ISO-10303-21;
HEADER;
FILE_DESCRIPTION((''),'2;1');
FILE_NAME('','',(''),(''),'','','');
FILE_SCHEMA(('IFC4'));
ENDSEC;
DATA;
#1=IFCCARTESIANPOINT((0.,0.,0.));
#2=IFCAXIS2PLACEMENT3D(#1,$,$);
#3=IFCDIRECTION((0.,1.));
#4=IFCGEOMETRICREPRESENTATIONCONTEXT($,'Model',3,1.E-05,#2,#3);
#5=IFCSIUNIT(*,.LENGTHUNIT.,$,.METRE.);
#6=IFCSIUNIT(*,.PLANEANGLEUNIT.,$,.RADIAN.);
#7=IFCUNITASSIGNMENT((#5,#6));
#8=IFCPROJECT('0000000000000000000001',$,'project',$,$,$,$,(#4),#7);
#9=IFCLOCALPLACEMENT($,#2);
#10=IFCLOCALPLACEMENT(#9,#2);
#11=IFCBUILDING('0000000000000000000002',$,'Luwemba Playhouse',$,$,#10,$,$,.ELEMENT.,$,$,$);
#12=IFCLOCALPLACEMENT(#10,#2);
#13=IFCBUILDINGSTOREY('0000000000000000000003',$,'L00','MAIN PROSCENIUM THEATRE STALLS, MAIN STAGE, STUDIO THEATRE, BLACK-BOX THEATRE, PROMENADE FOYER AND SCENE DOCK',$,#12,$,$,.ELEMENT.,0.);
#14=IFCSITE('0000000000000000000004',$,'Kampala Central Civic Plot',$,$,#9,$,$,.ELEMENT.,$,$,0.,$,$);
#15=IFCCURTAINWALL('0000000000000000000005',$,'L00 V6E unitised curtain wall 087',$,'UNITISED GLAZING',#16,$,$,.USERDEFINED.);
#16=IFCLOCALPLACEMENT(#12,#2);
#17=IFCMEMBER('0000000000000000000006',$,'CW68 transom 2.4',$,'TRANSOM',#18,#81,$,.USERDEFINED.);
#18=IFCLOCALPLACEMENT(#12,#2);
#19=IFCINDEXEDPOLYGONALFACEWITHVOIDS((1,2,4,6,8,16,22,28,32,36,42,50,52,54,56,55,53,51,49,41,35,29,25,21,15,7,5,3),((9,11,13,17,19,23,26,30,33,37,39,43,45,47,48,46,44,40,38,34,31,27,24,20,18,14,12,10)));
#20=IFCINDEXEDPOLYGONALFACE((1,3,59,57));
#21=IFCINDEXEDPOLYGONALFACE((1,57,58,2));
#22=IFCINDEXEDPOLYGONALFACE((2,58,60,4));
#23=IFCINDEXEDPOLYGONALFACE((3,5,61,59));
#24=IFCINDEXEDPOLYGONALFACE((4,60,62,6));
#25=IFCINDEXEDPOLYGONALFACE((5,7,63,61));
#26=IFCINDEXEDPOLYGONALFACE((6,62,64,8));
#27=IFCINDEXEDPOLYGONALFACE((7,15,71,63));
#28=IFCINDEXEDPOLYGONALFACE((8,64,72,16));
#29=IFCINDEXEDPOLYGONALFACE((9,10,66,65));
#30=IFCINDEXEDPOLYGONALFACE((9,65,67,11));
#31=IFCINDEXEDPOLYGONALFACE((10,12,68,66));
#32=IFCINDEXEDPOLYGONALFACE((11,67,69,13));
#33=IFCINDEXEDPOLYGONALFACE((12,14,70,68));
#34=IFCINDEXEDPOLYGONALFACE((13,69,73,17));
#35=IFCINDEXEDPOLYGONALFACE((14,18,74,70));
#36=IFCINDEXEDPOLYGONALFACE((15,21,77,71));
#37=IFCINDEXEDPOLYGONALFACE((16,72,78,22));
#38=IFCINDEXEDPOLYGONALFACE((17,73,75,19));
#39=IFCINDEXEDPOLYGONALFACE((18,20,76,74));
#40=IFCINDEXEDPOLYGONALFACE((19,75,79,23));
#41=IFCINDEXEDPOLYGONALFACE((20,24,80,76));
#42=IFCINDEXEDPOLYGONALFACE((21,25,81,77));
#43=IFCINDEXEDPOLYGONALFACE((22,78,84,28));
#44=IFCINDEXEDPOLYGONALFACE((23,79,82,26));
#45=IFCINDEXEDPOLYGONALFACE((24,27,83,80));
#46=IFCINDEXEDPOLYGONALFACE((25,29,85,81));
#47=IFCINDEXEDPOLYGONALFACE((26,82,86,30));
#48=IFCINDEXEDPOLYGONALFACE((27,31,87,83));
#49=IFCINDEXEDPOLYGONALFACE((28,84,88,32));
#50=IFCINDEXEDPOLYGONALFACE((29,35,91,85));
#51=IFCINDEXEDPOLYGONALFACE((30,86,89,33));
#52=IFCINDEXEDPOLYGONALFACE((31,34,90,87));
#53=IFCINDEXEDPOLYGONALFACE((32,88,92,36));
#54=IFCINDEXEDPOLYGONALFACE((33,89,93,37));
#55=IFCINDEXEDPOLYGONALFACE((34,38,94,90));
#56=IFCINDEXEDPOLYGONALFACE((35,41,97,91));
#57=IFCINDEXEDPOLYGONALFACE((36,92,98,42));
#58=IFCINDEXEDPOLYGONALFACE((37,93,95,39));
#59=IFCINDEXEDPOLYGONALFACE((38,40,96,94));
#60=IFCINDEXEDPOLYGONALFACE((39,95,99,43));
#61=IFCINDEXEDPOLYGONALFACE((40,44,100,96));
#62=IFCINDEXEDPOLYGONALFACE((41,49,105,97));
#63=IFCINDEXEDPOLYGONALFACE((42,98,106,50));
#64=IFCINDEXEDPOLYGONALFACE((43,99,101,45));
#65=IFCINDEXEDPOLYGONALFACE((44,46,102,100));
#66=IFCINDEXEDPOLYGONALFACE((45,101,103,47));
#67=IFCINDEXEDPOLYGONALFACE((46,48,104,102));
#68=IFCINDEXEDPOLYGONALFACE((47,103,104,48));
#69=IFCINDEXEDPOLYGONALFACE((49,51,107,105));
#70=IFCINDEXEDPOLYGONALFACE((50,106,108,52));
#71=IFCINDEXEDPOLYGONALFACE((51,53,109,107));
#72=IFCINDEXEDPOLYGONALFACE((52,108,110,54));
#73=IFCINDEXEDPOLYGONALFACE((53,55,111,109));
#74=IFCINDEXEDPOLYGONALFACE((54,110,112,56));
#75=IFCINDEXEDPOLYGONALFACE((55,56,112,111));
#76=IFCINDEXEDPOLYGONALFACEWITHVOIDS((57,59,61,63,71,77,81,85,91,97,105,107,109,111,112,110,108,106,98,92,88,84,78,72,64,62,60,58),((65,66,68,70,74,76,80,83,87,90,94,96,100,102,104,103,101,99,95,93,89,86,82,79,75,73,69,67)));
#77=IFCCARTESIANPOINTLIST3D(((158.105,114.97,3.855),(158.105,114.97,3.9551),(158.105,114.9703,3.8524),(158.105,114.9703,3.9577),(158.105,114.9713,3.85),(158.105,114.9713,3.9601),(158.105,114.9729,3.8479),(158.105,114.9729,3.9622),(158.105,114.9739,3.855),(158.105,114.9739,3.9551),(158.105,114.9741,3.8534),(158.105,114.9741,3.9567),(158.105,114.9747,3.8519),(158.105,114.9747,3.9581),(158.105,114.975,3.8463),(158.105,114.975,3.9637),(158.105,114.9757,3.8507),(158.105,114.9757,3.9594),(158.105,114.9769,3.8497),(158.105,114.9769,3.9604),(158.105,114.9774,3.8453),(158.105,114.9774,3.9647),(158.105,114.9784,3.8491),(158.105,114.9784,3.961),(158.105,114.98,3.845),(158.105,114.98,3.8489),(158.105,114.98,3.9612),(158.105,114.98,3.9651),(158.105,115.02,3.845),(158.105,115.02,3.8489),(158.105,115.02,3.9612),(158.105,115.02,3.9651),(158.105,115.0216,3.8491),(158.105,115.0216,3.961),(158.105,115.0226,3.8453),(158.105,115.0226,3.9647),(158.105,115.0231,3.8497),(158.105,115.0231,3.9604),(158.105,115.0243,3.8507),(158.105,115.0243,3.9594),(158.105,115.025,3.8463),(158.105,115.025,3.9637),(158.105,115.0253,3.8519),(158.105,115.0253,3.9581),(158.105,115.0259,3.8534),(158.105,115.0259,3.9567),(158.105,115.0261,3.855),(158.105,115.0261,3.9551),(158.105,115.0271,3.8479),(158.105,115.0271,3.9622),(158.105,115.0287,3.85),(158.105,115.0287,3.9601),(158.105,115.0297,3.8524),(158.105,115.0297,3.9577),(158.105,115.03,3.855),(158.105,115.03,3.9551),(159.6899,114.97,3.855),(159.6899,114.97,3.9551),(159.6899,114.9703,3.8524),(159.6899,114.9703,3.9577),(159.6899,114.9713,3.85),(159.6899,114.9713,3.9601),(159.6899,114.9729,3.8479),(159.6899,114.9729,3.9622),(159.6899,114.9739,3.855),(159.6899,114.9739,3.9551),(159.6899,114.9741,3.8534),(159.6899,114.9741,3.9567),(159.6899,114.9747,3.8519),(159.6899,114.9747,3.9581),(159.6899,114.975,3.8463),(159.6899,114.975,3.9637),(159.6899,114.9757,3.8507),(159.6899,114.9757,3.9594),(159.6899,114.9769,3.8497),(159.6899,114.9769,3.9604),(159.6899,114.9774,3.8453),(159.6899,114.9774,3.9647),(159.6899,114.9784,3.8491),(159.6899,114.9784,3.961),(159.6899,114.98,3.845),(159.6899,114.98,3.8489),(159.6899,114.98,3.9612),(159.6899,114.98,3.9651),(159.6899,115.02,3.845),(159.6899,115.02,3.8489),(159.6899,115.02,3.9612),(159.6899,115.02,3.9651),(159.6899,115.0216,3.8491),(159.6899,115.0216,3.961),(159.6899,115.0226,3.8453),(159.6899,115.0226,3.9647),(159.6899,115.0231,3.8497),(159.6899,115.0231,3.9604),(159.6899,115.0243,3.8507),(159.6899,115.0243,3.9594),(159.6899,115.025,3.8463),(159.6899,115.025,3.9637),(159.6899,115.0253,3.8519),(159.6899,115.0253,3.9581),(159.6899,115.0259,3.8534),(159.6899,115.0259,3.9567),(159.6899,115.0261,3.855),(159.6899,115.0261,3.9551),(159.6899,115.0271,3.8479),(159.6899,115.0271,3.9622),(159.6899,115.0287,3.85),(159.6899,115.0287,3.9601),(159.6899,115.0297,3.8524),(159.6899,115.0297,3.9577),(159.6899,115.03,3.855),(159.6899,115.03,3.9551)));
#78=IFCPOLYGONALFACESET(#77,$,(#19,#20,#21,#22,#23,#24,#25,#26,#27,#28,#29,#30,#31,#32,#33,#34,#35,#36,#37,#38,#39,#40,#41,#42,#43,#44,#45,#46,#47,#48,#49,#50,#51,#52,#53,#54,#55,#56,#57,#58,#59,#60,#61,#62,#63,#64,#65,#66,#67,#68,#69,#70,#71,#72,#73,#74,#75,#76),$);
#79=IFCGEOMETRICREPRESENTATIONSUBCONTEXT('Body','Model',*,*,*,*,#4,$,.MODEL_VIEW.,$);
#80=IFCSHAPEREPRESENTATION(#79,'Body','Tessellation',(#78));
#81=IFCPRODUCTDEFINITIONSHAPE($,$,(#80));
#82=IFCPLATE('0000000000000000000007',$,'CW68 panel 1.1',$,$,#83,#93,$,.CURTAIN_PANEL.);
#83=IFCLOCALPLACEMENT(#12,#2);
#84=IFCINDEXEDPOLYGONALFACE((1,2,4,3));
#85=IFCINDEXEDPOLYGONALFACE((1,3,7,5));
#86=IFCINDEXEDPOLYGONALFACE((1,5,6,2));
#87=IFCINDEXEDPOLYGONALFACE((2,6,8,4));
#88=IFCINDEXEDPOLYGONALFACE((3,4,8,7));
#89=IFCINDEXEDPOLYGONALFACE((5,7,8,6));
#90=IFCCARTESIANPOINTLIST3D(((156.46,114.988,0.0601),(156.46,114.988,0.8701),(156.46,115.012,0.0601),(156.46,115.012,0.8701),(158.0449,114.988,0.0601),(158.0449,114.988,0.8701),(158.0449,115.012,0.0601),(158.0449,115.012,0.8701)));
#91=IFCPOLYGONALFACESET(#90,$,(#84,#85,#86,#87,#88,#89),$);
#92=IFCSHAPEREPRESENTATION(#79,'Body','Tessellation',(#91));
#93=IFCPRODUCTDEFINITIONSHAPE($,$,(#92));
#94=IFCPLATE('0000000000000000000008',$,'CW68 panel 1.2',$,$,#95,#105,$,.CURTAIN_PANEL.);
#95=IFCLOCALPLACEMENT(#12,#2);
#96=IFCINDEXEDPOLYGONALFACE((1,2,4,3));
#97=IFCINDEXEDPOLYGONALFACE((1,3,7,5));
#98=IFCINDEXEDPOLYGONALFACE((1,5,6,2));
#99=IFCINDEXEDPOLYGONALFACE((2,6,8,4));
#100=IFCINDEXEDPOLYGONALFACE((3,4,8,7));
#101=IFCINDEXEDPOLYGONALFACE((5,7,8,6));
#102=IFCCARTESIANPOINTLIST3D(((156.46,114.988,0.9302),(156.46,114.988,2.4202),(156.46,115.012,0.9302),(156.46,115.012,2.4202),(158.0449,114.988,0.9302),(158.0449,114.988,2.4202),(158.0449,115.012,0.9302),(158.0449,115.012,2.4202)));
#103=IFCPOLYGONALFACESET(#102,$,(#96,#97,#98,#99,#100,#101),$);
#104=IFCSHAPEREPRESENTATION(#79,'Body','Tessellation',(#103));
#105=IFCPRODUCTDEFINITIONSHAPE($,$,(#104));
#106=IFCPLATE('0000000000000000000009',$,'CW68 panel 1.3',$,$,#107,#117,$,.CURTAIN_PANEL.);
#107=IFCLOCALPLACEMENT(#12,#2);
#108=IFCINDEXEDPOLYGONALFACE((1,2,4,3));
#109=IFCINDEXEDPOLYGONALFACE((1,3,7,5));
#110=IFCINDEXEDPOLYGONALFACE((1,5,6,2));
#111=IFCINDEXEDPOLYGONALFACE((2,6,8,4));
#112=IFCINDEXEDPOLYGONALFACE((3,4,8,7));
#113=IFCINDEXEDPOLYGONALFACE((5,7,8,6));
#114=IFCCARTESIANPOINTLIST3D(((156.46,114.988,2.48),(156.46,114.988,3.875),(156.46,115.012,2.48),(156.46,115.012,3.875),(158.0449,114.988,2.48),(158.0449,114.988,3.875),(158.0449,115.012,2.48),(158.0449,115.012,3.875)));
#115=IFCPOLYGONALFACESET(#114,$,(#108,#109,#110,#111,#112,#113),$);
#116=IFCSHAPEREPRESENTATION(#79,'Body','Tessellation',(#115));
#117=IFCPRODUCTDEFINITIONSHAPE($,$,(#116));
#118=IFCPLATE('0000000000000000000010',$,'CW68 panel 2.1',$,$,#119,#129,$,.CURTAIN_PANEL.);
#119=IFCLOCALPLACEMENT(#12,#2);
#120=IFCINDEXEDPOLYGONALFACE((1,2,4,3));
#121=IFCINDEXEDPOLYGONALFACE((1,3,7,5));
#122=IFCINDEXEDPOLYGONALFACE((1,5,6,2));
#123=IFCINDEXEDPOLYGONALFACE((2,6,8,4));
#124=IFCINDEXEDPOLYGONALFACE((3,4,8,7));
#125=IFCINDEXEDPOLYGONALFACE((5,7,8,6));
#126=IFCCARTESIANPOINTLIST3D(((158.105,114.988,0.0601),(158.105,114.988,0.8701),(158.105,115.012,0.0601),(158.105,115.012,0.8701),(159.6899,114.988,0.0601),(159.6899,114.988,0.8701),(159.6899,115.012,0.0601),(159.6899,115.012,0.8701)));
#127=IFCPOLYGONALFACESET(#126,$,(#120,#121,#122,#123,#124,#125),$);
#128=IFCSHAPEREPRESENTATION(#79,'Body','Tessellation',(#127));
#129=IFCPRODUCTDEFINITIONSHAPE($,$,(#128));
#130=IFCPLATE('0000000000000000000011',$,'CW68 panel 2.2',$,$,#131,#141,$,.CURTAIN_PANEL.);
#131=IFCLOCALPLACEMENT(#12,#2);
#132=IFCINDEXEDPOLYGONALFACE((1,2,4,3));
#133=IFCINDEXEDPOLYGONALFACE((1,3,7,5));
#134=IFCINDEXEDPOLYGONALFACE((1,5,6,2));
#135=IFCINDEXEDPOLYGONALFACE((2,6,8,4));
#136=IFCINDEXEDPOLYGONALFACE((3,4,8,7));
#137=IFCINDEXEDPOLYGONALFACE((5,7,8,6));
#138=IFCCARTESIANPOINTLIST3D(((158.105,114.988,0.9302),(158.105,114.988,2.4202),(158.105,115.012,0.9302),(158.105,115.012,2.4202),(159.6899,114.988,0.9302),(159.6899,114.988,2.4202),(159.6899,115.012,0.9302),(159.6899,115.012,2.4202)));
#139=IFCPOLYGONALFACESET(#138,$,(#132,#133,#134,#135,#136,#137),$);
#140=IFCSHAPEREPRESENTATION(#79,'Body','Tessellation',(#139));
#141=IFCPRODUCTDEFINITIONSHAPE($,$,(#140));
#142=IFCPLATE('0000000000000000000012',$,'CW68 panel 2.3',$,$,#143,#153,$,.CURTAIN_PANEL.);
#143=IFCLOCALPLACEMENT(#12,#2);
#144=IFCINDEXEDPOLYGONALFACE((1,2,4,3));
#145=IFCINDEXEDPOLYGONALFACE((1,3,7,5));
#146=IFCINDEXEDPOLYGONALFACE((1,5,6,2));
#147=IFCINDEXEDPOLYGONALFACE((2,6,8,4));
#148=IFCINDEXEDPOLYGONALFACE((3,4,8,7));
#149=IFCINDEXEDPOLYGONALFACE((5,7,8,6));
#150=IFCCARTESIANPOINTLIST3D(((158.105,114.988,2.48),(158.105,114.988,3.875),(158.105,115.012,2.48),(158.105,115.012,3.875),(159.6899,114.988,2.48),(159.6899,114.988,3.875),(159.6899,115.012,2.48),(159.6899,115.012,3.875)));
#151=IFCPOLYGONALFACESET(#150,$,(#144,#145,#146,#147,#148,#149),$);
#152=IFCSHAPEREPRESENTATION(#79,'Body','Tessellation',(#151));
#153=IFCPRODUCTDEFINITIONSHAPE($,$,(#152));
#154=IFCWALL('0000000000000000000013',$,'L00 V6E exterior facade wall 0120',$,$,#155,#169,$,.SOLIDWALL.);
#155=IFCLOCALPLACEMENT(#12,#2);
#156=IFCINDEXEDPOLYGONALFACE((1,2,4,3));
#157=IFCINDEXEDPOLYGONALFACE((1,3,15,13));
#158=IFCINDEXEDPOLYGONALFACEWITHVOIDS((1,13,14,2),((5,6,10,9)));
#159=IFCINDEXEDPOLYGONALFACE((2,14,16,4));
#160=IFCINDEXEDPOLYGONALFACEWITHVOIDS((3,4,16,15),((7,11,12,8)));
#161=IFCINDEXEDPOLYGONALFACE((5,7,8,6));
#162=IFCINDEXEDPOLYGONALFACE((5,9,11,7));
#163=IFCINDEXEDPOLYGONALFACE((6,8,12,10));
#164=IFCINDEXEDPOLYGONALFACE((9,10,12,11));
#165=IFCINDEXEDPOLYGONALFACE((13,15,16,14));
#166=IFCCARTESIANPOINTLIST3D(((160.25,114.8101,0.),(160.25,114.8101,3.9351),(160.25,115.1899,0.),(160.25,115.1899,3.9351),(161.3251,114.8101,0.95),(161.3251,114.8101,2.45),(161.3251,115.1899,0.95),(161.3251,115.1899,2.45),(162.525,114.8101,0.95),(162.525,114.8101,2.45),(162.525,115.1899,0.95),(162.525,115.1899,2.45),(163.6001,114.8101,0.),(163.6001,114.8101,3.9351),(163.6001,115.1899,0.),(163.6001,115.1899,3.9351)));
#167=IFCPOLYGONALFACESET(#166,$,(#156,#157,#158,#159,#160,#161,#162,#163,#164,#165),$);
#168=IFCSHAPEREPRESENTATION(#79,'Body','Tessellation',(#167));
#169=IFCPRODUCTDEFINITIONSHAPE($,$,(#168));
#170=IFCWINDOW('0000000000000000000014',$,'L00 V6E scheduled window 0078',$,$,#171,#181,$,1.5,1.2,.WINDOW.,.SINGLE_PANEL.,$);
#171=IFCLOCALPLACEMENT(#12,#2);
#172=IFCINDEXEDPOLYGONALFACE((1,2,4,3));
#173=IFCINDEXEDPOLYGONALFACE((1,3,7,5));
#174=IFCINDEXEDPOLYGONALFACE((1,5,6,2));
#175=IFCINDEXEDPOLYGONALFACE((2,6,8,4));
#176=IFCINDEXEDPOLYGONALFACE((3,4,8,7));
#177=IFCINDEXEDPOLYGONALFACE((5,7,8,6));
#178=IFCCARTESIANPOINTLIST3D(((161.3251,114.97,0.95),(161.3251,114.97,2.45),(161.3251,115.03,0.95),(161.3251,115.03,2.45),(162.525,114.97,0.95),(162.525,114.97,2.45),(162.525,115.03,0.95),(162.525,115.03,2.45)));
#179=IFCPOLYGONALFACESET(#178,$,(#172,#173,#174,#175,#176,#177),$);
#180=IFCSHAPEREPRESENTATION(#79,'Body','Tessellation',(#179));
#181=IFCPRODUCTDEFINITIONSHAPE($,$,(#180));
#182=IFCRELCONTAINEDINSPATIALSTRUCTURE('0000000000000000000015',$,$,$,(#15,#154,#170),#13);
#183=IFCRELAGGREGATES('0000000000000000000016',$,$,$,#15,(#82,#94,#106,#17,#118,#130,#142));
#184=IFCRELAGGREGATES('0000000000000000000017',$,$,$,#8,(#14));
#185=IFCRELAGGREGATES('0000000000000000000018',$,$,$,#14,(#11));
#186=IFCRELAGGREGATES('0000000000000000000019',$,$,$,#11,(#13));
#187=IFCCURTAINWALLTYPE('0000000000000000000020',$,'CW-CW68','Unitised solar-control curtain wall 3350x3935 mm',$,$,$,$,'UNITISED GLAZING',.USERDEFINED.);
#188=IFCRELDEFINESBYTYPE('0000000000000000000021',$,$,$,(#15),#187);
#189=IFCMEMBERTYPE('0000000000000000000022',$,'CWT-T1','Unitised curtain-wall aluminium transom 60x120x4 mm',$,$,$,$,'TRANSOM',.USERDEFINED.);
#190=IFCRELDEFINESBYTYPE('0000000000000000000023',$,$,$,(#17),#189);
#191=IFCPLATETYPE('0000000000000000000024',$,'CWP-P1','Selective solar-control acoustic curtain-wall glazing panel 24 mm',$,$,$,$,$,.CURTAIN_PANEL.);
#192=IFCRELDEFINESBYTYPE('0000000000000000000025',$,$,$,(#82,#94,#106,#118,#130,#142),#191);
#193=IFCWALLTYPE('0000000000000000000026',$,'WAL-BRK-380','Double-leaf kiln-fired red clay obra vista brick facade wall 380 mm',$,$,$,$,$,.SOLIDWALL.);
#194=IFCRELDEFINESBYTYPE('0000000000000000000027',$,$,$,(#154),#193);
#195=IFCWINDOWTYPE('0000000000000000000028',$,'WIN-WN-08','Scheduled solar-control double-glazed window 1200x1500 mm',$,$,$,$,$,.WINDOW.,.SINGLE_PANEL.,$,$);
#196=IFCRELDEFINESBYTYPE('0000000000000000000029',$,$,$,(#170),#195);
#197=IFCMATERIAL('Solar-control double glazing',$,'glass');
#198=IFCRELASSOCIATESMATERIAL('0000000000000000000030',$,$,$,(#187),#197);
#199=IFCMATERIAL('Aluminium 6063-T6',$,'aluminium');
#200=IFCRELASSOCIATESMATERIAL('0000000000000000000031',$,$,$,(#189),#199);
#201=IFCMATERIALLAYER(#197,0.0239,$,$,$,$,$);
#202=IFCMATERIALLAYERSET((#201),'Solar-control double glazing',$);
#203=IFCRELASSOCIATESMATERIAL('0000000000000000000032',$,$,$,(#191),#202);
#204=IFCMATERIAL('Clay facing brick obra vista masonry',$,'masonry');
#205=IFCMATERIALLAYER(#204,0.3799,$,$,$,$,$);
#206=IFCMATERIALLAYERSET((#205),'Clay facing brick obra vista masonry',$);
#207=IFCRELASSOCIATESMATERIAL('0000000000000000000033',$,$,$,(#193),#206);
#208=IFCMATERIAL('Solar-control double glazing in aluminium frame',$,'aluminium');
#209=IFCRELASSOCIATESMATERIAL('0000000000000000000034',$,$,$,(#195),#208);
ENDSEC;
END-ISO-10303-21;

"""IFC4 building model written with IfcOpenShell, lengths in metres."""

from ifc_helpers import new_model, si_unit, direction, frame, frame_2d, origin, origin_2d, place, context, subcontext, project, spatial, rectangle, hollow_rectangle, extrude, material, layer, layer_set, material_profile, profile_set, type_object, element, fill, aggregate, save


model = new_model("IFC4")

# Units and contexts
model_context = context("Model", 3, precision=1e-05, world=origin(), true_north=direction((0.0, 1.0)))
body_context = subcontext(model_context, "Body", "Model", "MODEL_VIEW")
ifc_project = project(units=[si_unit("LENGTHUNIT", "METRE"), si_unit("PLANEANGLEUNIT", "RADIAN")], contexts=[model_context])

# Site, building, storey
site_placement = place(None, origin())
site = spatial("IfcSite", under=ifc_project, at=site_placement, Name="Kampala Central Civic Plot", CompositionType="ELEMENT", RefElevation=0.0)
building_placement = place(site_placement, origin())
building = spatial("IfcBuilding", under=site, at=building_placement, Name="Luwemba Playhouse", CompositionType="ELEMENT")
storey_placement = place(building_placement, origin())
storey = spatial("IfcBuildingStorey", under=building, at=storey_placement, Name="L00", Description="MAIN PROSCENIUM THEATRE STALLS, MAIN STAGE, STUDIO THEATRE, BLACK-BOX THEATRE, PROMENADE FOYER AND SCENE DOCK", CompositionType="ELEMENT", Elevation=0.0)

# Curtain wall, member, plates
ifc_material_1 = material(Name="Solar-control double glazing", Category="glass")
curtain_wall_type = type_object("IfcCurtainWallType", Name="CW-CW68", Description="Unitised solar-control curtain wall 3350x3935 mm", ElementType="UNITISED GLAZING", PredefinedType="USERDEFINED", material=ifc_material_1)
curtain_wall_placement = place(storey_placement, origin())
curtain_wall = element("IfcCurtainWall", 1, at=curtain_wall_placement, inside=storey, type_object=curtain_wall_type, Name="L00 V6E unitised curtain wall 087", ObjectType="UNITISED GLAZING", PredefinedType="USERDEFINED")
ifc_material_2 = material(Name="Aluminium 6063-T6", Category="aluminium")
ifc_material_profile_1 = material_profile(ifc_material_2, hollow_rectangle(XDim=0.0601, YDim=0.1201, WallThickness=0.0039, InnerFilletRadius=0.0061, OuterFilletRadius=0.01, at=origin_2d()))
ifc_profile_set_1 = profile_set([ifc_material_profile_1], Name="Aluminium 6063-T6")
member_type_1 = type_object("IfcMemberType", Name="CWT-T1", Description="Unitised curtain-wall aluminium transom 60x120x4 mm", ElementType="TRANSOM", PredefinedType="USERDEFINED", material=ifc_profile_set_1)
member_1_placement = place(storey_placement, frame((158.105, 115.0, 3.905), z_axis=(1.0, 0.0, 0.0), x_axis=(0.0, 1.0, 0.0)))
member_1 = element("IfcMember", 2, at=member_1_placement, type_object=member_type_1, Name="CW68 transom 2.4", ObjectType="TRANSOM", PredefinedType="USERDEFINED", context=body_context, shape_type="SweptSolid", body=[
    extrude(hollow_rectangle(XDim=0.0601, YDim=0.1201, WallThickness=0.0039, InnerFilletRadius=0.0061, OuterFilletRadius=0.01, at=origin_2d()), origin(), (0.0, 0.0, 1.0), 1.585),
])
ifc_layer_1 = layer(ifc_material_1, 0.0239)
ifc_layer_set_1 = layer_set([ifc_layer_1], Name="Solar-control double glazing")
plate_type = type_object("IfcPlateType", Name="CWP-P1", Description="Selective solar-control acoustic curtain-wall glazing panel 24 mm", PredefinedType="CURTAIN_PANEL", material=ifc_layer_set_1)
plate_1_placement = place(storey_placement, frame((157.2524, 115.0, 0.0601), z_axis=(0.0, 0.0, 1.0), x_axis=(1.0, 0.0, 0.0)))
plate_1 = element("IfcPlate", 3, at=plate_1_placement, type_object=plate_type, Name="CW68 panel 1.1", PredefinedType="CURTAIN_PANEL", context=body_context, shape_type="SweptSolid", body=[
    extrude(rectangle(XDim=1.585, YDim=0.0239, at=origin_2d()), origin(), (0.0, 0.0, 1.0), 0.8101),
])
plate_2_placement = place(storey_placement, frame((157.2524, 115.0, 0.9302), z_axis=(0.0, 0.0, 1.0), x_axis=(1.0, 0.0, 0.0)))
plate_2 = element("IfcPlate", 4, at=plate_2_placement, type_object=plate_type, Name="CW68 panel 1.2", PredefinedType="CURTAIN_PANEL", context=body_context, shape_type="SweptSolid", body=[
    extrude(rectangle(XDim=1.585, YDim=0.0239, at=origin_2d()), origin(), (0.0, 0.0, 1.0), 1.49),
])
plate_3_placement = place(storey_placement, frame((157.2524, 115.0, 2.48), z_axis=(0.0, 0.0, 1.0), x_axis=(1.0, 0.0, 0.0)))
plate_3 = element("IfcPlate", 5, at=plate_3_placement, type_object=plate_type, Name="CW68 panel 1.3", PredefinedType="CURTAIN_PANEL", context=body_context, shape_type="SweptSolid", body=[
    extrude(rectangle(XDim=1.585, YDim=0.0239, at=origin_2d()), origin(), (0.0, 0.0, 1.0), 1.395),
])
plate_4_placement = place(storey_placement, frame((158.8975, 115.0, 0.0601), z_axis=(0.0, 0.0, 1.0), x_axis=(1.0, 0.0, 0.0)))
plate_4 = element("IfcPlate", 6, at=plate_4_placement, type_object=plate_type, Name="CW68 panel 2.1", PredefinedType="CURTAIN_PANEL", context=body_context, shape_type="SweptSolid", body=[
    extrude(rectangle(XDim=1.585, YDim=0.0239, at=origin_2d()), origin(), (0.0, 0.0, 1.0), 0.8101),
])
plate_5_placement = place(storey_placement, frame((158.8975, 115.0, 0.9302), z_axis=(0.0, 0.0, 1.0), x_axis=(1.0, 0.0, 0.0)))
plate_5 = element("IfcPlate", 7, at=plate_5_placement, type_object=plate_type, Name="CW68 panel 2.2", PredefinedType="CURTAIN_PANEL", context=body_context, shape_type="SweptSolid", body=[
    extrude(rectangle(XDim=1.585, YDim=0.0239, at=origin_2d()), origin(), (0.0, 0.0, 1.0), 1.49),
])
plate_6_placement = place(storey_placement, frame((158.8975, 115.0, 2.48), z_axis=(0.0, 0.0, 1.0), x_axis=(1.0, 0.0, 0.0)))
plate_6 = element("IfcPlate", 8, at=plate_6_placement, type_object=plate_type, Name="CW68 panel 2.3", PredefinedType="CURTAIN_PANEL", context=body_context, shape_type="SweptSolid", body=[
    extrude(rectangle(XDim=1.585, YDim=0.0239, at=origin_2d()), origin(), (0.0, 0.0, 1.0), 1.395),
])
aggregate(curtain_wall, [plate_1, plate_2, plate_3, member_1, plate_4, plate_5, plate_6])

# Wall, opening, window
ifc_material_3 = material(Name="Clay facing brick obra vista masonry", Category="masonry")
ifc_layer_2 = layer(ifc_material_3, 0.3799)
ifc_layer_set_2 = layer_set([ifc_layer_2], Name="Clay facing brick obra vista masonry")
wall_type_1 = type_object("IfcWallType", Name="WAL-BRK-380", Description="Double-leaf kiln-fired red clay obra vista brick facade wall 380 mm", PredefinedType="SOLIDWALL", material=ifc_layer_set_2)
wall_1_placement = place(storey_placement, frame((160.25, 115.0, 0.0), z_axis=(0.0, 0.0, 1.0), x_axis=(1.0, 0.0, 0.0)))
wall_1 = element("IfcWall", 9, at=wall_1_placement, inside=storey, type_object=wall_type_1, Name="L00 V6E exterior facade wall 0120", PredefinedType="SOLIDWALL", context=body_context, shape_type="SweptSolid", body=[
    extrude(rectangle(XDim=3.3501, YDim=0.3799, at=frame_2d((1.675, 0.0))), origin(), (0.0, 0.0, 1.0), 3.9351),
])
opening_1_placement = place(wall_1_placement, frame((1.075, 0.0, 0.95)))
opening_1 = element("IfcOpeningElement", 10, at=opening_1_placement, cuts=wall_1, PredefinedType="OPENING", context=body_context, shape_type="SweptSolid", body=[
    extrude(rectangle(XDim=1.2, YDim=1.5, at=frame_2d((0.6001, 0.75))), frame((0.0, 0.2, 0.0), z_axis=(0.0, -1.0, 0.0), x_axis=(1.0, 0.0, 0.0)), (0.0, 0.0, 1.0), 0.3999),
])
ifc_material_4 = material(Name="Solar-control double glazing in aluminium frame", Category="aluminium")
window_type_1 = type_object("IfcWindowType", Name="WIN-WN-08", Description="Scheduled solar-control double-glazed window 1200x1500 mm", PartitioningType="SINGLE_PANEL", PredefinedType="WINDOW", material=ifc_material_4)
window_1_placement = place(opening_1_placement, origin())
window_1 = element("IfcWindow", 11, at=window_1_placement, inside=storey, type_object=window_type_1, Name="L00 V6E scheduled window 0078", OverallHeight=1.5, OverallWidth=1.2, PartitioningType="SINGLE_PANEL", PredefinedType="WINDOW", context=body_context, shape_type="SweptSolid", body=[
    extrude(rectangle(XDim=1.2, YDim=1.5, at=frame_2d((0.6001, 0.75))), frame((0.0, 0.03, 0.0), z_axis=(0.0, -1.0, 0.0), x_axis=(1.0, 0.0, 0.0)), (0.0, 0.0, 1.0), 0.0601),
])
fill(opening_1, window_1)

save(model, "model.ifc")
